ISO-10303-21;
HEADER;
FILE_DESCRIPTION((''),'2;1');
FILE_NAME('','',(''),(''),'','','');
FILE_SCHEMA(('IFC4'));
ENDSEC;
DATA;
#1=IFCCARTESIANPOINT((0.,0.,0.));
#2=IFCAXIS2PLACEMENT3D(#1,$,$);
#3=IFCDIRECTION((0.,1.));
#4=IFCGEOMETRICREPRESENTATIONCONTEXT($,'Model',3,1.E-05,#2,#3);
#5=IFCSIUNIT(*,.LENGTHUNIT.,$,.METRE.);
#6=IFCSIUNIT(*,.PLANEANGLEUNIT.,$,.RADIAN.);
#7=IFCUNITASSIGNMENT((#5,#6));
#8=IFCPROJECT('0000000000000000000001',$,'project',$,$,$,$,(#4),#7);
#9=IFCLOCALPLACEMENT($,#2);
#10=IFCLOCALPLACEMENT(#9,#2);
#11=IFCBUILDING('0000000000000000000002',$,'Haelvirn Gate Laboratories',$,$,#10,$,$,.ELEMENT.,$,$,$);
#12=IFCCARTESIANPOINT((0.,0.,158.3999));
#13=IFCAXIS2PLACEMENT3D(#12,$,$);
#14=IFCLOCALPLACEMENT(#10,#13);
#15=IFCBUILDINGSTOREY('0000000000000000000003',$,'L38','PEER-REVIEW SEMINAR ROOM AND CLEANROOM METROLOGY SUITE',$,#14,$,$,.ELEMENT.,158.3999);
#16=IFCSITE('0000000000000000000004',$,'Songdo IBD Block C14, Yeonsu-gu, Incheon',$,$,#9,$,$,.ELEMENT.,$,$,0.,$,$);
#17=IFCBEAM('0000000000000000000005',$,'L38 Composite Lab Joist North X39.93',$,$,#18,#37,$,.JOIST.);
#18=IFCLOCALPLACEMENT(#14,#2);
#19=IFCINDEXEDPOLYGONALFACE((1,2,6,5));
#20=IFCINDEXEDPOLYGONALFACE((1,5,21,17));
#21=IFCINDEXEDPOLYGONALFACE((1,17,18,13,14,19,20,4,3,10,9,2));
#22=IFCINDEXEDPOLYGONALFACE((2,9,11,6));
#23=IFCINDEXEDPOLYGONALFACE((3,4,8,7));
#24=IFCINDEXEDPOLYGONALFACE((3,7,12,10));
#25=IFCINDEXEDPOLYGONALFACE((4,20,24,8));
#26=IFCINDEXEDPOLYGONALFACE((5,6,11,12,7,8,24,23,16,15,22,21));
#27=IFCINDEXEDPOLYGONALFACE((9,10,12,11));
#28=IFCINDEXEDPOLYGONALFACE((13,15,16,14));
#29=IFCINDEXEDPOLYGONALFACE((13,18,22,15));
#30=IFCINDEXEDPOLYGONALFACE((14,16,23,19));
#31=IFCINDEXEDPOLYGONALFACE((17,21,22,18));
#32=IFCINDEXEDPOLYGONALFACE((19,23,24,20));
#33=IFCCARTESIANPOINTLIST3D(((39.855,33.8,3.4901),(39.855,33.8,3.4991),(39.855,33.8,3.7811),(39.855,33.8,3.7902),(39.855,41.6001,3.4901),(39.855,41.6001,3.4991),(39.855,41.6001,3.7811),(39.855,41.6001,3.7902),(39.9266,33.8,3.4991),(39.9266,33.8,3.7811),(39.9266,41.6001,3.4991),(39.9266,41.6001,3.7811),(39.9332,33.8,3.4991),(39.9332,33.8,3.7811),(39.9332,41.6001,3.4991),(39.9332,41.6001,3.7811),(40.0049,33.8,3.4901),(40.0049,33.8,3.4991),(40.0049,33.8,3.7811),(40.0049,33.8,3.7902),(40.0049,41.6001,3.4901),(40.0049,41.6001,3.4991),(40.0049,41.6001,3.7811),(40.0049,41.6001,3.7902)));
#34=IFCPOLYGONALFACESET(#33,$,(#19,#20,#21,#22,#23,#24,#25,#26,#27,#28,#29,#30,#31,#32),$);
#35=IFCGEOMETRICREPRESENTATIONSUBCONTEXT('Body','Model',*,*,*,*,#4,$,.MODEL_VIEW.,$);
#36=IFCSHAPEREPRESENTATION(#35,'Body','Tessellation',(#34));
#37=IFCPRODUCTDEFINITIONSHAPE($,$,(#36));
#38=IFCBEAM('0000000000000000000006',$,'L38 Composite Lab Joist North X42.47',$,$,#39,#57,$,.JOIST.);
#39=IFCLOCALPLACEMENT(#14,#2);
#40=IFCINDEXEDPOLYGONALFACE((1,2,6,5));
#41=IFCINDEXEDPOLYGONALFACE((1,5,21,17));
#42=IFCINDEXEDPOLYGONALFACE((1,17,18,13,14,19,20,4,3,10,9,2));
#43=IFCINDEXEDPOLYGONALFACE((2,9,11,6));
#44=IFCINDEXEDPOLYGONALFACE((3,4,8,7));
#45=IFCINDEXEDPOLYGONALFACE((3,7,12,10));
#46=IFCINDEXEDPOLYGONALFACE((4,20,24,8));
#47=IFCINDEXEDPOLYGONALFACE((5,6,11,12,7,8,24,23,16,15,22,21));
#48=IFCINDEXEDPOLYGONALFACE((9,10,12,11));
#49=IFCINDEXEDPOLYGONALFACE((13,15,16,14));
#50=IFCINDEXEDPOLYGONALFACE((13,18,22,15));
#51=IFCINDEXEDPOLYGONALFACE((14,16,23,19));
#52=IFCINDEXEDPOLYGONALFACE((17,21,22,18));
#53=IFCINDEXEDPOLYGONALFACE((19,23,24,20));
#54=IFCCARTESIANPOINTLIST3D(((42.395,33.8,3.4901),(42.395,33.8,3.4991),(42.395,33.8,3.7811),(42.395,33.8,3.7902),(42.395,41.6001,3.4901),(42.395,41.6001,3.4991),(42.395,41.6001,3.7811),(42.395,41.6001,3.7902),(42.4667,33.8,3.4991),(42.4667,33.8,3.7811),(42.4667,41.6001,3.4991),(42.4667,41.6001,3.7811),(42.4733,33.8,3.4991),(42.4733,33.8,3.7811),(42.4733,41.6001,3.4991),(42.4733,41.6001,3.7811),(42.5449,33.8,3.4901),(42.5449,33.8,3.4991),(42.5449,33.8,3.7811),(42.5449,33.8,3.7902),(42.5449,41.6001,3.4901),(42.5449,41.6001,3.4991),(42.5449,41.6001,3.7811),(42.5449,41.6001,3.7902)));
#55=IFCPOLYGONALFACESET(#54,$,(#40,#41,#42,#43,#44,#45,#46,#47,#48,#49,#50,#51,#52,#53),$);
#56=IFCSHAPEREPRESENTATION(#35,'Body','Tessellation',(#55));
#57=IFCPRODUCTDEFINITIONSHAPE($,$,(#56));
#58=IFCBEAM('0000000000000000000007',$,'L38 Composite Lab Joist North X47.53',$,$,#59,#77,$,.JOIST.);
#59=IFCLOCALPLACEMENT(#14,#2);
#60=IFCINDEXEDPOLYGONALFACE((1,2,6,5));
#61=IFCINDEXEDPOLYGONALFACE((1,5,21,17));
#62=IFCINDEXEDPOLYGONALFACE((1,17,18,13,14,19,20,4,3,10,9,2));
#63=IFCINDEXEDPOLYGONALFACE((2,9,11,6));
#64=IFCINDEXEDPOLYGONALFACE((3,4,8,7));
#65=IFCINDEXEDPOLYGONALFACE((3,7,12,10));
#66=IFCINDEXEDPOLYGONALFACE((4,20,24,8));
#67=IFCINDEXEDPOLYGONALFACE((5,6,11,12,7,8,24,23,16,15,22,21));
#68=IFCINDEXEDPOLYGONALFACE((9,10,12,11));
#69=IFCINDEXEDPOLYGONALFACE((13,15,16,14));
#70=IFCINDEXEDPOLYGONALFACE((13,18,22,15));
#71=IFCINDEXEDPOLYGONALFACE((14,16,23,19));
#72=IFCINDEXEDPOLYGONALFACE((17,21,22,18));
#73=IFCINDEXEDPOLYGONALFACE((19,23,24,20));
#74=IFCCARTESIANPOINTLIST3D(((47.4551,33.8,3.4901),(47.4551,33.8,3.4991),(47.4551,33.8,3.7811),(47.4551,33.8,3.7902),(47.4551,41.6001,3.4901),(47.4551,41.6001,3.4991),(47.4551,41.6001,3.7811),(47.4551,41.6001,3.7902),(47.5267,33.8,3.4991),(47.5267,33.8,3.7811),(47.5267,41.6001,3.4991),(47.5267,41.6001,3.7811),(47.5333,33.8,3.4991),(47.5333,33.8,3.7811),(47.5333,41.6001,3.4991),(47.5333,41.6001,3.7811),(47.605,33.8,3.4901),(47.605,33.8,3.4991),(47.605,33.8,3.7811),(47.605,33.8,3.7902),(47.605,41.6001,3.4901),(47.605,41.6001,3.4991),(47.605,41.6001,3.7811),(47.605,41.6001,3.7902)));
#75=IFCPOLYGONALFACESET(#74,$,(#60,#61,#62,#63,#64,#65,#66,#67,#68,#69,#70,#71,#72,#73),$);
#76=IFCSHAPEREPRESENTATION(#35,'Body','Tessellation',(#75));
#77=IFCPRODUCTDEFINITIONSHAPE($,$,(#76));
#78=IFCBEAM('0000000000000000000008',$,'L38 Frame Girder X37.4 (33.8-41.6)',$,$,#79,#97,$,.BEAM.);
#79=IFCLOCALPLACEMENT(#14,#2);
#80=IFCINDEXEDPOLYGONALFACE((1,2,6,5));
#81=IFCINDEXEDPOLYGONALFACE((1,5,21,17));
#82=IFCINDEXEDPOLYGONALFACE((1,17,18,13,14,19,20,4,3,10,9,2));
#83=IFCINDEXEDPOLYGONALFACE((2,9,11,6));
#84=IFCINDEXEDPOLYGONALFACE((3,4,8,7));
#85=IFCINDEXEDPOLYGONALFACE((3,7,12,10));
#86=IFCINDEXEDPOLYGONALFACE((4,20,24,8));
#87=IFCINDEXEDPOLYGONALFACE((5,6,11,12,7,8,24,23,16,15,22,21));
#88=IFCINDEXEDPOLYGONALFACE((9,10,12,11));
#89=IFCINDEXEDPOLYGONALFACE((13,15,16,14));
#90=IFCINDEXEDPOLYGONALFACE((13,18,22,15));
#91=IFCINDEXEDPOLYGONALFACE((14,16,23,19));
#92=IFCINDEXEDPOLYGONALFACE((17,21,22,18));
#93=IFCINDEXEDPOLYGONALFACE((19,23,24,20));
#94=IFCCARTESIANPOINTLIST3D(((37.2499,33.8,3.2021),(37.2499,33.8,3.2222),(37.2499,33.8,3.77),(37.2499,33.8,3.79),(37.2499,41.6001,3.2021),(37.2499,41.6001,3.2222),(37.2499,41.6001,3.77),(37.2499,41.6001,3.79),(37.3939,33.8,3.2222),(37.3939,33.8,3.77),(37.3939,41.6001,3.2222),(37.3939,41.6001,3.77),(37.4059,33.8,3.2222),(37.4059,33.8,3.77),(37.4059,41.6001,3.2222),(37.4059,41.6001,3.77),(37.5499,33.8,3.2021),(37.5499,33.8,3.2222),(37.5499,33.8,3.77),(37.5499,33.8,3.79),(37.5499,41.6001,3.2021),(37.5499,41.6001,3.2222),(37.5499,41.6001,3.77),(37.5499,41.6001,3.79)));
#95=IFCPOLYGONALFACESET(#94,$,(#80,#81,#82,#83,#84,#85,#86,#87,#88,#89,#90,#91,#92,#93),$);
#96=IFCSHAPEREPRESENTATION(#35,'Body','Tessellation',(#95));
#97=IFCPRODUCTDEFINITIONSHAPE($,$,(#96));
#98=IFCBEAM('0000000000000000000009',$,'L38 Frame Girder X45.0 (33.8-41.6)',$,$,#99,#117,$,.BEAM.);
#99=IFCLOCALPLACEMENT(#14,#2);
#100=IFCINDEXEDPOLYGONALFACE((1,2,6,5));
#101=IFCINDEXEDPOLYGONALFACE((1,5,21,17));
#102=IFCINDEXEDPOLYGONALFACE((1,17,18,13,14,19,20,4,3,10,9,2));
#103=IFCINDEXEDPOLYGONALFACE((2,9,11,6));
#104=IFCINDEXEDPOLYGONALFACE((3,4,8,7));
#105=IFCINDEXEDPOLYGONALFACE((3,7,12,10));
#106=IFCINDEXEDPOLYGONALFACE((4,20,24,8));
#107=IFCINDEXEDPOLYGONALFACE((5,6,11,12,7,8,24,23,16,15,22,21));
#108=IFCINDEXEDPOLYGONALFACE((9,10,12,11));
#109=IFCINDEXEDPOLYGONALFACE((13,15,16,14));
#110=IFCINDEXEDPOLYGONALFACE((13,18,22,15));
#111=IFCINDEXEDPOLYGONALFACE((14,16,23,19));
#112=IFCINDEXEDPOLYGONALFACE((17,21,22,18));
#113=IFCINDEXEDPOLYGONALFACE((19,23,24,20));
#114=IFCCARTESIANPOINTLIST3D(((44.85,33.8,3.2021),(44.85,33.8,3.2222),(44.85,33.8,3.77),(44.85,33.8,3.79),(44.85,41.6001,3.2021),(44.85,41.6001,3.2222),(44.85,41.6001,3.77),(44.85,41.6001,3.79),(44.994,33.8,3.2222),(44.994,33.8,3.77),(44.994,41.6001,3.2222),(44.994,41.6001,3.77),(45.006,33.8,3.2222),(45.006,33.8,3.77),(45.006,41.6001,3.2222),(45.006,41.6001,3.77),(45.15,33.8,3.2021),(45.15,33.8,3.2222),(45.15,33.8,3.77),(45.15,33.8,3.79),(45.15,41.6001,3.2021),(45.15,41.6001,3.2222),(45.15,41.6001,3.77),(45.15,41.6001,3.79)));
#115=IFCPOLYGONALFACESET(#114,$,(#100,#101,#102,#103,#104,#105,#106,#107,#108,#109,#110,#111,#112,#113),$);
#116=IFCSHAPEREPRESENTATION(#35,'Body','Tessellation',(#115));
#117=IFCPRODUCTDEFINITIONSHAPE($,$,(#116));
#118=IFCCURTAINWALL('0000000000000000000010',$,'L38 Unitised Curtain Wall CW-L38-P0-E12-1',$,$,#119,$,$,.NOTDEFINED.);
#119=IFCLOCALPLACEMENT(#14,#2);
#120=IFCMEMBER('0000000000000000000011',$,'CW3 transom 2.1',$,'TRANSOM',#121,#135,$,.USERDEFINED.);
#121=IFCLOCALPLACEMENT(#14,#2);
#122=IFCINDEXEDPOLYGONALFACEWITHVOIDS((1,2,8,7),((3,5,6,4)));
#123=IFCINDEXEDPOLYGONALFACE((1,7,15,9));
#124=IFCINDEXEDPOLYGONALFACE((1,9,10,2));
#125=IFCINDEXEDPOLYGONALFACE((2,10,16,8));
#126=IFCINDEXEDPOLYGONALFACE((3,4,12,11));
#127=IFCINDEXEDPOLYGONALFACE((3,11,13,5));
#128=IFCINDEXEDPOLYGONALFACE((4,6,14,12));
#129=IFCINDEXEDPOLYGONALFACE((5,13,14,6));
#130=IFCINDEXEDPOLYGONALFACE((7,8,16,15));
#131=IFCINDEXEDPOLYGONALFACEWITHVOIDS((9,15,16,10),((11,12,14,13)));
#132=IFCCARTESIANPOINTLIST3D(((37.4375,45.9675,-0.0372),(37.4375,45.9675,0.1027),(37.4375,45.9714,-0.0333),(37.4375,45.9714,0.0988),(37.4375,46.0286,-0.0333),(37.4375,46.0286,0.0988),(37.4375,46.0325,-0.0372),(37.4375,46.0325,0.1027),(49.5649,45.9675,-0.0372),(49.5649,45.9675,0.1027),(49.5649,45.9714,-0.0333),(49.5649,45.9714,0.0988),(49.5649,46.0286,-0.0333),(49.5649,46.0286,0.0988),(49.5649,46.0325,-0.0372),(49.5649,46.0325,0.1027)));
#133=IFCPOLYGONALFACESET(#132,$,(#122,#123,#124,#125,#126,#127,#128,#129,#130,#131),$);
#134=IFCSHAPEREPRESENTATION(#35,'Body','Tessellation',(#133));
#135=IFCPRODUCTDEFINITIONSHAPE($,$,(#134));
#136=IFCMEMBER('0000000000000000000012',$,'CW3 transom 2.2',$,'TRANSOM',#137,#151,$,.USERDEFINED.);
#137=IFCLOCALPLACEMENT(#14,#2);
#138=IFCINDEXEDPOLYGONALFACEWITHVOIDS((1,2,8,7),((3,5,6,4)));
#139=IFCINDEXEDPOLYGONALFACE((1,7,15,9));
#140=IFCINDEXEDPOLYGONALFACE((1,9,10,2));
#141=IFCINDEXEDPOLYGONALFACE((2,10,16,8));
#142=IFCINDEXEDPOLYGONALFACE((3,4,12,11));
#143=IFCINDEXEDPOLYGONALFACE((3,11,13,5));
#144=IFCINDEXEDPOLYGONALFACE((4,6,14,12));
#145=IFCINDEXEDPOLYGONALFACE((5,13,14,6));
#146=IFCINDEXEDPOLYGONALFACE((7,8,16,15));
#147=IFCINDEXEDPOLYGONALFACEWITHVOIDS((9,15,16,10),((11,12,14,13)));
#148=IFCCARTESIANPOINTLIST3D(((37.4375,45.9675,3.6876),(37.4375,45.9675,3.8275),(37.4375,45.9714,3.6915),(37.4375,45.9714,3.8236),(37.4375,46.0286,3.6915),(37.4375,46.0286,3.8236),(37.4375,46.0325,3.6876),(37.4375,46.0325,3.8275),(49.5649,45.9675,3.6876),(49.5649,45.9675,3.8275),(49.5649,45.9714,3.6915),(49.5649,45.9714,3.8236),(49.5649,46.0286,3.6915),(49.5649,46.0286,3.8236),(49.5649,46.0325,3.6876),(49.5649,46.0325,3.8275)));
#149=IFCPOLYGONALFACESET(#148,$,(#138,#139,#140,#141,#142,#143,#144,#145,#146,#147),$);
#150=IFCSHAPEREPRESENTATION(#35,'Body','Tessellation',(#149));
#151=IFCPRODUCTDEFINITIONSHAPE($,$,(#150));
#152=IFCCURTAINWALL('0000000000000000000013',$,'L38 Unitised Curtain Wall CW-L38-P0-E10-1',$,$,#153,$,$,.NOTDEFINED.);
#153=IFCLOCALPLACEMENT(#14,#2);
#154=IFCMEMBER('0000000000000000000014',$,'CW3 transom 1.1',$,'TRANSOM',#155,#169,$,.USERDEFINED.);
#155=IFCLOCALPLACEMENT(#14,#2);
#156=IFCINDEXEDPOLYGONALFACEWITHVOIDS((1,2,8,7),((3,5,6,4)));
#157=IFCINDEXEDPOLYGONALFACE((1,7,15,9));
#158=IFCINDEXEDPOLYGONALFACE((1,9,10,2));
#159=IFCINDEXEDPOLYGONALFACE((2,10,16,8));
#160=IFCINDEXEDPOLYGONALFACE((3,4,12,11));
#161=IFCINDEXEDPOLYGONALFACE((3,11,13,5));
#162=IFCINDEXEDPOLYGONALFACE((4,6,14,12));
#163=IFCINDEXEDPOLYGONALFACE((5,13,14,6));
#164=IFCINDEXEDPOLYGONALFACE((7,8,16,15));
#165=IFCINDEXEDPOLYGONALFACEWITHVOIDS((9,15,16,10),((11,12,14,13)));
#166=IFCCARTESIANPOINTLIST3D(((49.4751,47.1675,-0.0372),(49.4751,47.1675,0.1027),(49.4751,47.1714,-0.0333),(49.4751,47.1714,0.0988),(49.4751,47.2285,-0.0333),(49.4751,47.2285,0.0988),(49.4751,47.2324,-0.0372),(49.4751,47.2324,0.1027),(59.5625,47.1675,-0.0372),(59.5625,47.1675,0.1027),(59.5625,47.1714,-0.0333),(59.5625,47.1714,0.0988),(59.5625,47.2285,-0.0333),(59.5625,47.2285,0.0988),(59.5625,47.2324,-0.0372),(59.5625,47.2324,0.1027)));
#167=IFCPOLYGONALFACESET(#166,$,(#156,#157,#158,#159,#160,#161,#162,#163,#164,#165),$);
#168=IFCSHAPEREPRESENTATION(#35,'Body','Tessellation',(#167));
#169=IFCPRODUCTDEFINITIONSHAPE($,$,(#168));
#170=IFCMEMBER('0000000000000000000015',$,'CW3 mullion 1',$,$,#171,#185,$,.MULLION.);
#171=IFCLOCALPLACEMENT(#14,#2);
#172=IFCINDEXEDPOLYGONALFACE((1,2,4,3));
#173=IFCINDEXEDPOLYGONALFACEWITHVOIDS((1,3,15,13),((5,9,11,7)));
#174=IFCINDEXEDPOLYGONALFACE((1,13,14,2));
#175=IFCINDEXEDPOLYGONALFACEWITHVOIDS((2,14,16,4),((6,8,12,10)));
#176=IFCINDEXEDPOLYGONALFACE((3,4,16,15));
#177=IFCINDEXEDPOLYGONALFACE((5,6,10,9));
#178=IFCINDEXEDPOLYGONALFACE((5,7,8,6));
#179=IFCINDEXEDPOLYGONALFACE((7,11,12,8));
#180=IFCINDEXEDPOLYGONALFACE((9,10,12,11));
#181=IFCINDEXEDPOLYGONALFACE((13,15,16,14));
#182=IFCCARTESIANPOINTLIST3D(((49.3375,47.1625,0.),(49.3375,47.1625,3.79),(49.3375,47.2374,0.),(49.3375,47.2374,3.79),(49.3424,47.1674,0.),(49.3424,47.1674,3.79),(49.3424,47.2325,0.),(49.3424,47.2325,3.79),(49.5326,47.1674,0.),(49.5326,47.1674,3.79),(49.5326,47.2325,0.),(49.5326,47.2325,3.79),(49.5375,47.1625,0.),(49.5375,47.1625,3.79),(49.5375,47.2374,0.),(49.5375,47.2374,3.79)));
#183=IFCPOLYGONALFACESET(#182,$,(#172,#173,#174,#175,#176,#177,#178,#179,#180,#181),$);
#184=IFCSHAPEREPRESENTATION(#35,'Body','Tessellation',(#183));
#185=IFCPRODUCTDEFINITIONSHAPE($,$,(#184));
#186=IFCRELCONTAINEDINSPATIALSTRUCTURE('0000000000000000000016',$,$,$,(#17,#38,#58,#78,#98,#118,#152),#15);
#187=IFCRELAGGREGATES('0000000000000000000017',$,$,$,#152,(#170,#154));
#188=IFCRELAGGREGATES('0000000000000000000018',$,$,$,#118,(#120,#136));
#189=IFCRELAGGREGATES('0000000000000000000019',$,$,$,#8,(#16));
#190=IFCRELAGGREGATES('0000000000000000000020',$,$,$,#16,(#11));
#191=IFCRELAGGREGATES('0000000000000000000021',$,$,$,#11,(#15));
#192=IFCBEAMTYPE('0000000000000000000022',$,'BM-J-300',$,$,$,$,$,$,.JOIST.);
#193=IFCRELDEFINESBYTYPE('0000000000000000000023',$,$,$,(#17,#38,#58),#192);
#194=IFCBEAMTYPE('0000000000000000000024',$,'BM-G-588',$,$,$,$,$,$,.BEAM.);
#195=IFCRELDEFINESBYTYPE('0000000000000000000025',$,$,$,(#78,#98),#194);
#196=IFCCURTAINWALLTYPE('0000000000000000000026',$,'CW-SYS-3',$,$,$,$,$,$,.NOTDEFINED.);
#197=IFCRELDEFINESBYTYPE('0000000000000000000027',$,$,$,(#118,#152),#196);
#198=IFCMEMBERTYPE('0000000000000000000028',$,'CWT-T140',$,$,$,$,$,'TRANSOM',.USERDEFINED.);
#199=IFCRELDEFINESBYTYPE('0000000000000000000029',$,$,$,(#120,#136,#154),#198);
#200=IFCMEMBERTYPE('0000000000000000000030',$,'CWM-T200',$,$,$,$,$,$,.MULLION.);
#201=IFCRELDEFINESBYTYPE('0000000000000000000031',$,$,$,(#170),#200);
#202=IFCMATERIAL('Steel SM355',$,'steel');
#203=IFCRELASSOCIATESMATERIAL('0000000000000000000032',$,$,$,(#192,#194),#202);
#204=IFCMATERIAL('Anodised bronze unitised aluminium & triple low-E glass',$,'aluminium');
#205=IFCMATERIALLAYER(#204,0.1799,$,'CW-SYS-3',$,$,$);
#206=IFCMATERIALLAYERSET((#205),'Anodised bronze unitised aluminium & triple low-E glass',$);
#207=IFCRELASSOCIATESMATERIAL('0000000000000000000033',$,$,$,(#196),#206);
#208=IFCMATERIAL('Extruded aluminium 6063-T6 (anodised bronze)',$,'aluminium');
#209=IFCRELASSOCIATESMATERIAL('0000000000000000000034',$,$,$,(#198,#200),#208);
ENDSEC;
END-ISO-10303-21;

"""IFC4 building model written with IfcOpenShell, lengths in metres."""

from ifc_helpers import new_model, si_unit, direction, frame, origin, origin_2d, place, context, subcontext, project, spatial, hollow_rectangle, i_section, extrude, source, transform, mapped, material, layer, layer_set, material_profile, profile_set, type_object, type_shapes, element, aggregate, save


model = new_model("IFC4")

# Units and contexts
model_context = context("Model", 3, precision=1e-05, world=origin(), true_north=direction((0.0, 1.0)))
body_context = subcontext(model_context, "Body", "Model", "MODEL_VIEW")
ifc_project = project(units=[si_unit("LENGTHUNIT", "METRE"), si_unit("PLANEANGLEUNIT", "RADIAN")], contexts=[model_context])

# Site, building, storey
site_placement = place(None, origin())
site = spatial("IfcSite", under=ifc_project, at=site_placement, Name="Songdo IBD Block C14, Yeonsu-gu, Incheon", CompositionType="ELEMENT", RefElevation=0.0)
building_placement = place(site_placement, origin())
building = spatial("IfcBuilding", under=site, at=building_placement, Name="Haelvirn Gate Laboratories", CompositionType="ELEMENT")
storey_placement = place(building_placement, frame((0.0, 0.0, 158.3999)))
storey = spatial("IfcBuildingStorey", under=building, at=storey_placement, Name="L38", Description="PEER-REVIEW SEMINAR ROOM AND CLEANROOM METROLOGY SUITE", CompositionType="ELEMENT", Elevation=158.3999)

# Shared definitions
ifc_material_1 = material(Name="Steel SM355", Category="steel")

# Beams
ifc_material_profile_1 = material_profile(ifc_material_1, i_section(OverallWidth=0.1499, OverallDepth=0.3, WebThickness=0.0066, FlangeThickness=0.009, at=origin_2d()), Name="H-300x150x6.5x9")
ifc_profile_set_1 = profile_set([ifc_material_profile_1], Name="Steel SM355")
beam_type_1 = type_object("IfcBeamType", Name="BM-J-300", PredefinedType="JOIST", material=ifc_profile_set_1)
shared_shape_1 = source(origin(), body_context, "Body", "SweptSolid", [
    extrude(i_section(OverallWidth=0.1499, OverallDepth=0.3, WebThickness=0.0066, FlangeThickness=0.009, at=origin_2d()), origin(), (0.0, 0.0, 1.0), 7.8),
])
type_shapes(beam_type_1, [shared_shape_1])
for number, where, z_axis, x_axis, name in (
    (1, (39.9299, 33.8, 3.6401), (0.0, 1.0, 0.0), (-1.0, 0.0, 0.0), "L38 Composite Lab Joist North X39.93"),
    (2, (42.47, 33.8, 3.6401), (0.0, 1.0, 0.0), (-1.0, 0.0, 0.0), "L38 Composite Lab Joist North X42.47"),
    (3, (47.53, 33.8, 3.6401), (0.0, 1.0, 0.0), (-1.0, 0.0, 0.0), "L38 Composite Lab Joist North X47.53"),
):
    element("IfcBeam", number, at=place(storey_placement, frame(where, z_axis=z_axis, x_axis=x_axis)), inside=storey, type_object=beam_type_1, Name=name, PredefinedType="JOIST", context=body_context, shape_type="MappedRepresentation", body=[
        mapped(shared_shape_1, transform((0.0, 0.0, 0.0), scale=1.0)),
    ])
ifc_material_profile_2 = material_profile(ifc_material_1, i_section(OverallWidth=0.3, OverallDepth=0.5879, WebThickness=0.012, FlangeThickness=0.02, at=origin_2d()), Name="H-588x300x12x20")
ifc_profile_set_2 = profile_set([ifc_material_profile_2], Name="Steel SM355")
beam_type_2 = type_object("IfcBeamType", Name="BM-G-588", PredefinedType="BEAM", material=ifc_profile_set_2)
shared_shape_2 = source(origin(), body_context, "Body", "SweptSolid", [
    extrude(i_section(OverallWidth=0.3, OverallDepth=0.5879, WebThickness=0.012, FlangeThickness=0.02, at=origin_2d()), origin(), (0.0, 0.0, 1.0), 7.8),
])
type_shapes(beam_type_2, [shared_shape_2])
for number, where, z_axis, x_axis, name in (
    (4, (37.3999, 33.8, 3.4961), (0.0, 1.0, 0.0), (-1.0, 0.0, 0.0), "L38 Frame Girder X37.4 (33.8-41.6)"),
    (5, (45.0, 33.8, 3.4961), (0.0, 1.0, 0.0), (-1.0, 0.0, 0.0), "L38 Frame Girder X45.0 (33.8-41.6)"),
):
    element("IfcBeam", number, at=place(storey_placement, frame(where, z_axis=z_axis, x_axis=x_axis)), inside=storey, type_object=beam_type_2, Name=name, PredefinedType="BEAM", context=body_context, shape_type="MappedRepresentation", body=[
        mapped(shared_shape_2, transform((0.0, 0.0, 0.0), scale=1.0)),
    ])

# Curtain walls, members
ifc_material_2 = material(Name="Anodised bronze unitised aluminium & triple low-E glass", Category="aluminium")
ifc_layer_1 = layer(ifc_material_2, 0.1799, Name="CW-SYS-3")
ifc_layer_set_1 = layer_set([ifc_layer_1], Name="Anodised bronze unitised aluminium & triple low-E glass")
curtain_wall_type = type_object("IfcCurtainWallType", Name="CW-SYS-3", PredefinedType="NOTDEFINED", material=ifc_layer_set_1)
curtain_wall_1_placement = place(storey_placement, origin())
curtain_wall_1 = element("IfcCurtainWall", 6, at=curtain_wall_1_placement, inside=storey, type_object=curtain_wall_type, Name="L38 Unitised Curtain Wall CW-L38-P0-E12-1", PredefinedType="NOTDEFINED")
ifc_material_3 = material(Name="Extruded aluminium 6063-T6 (anodised bronze)", Category="aluminium")
ifc_material_profile_3 = material_profile(ifc_material_3, hollow_rectangle(XDim=0.0649, YDim=0.1399, WallThickness=0.0039, at=origin_2d()), Name="CWT-140x65x4")
ifc_profile_set_3 = profile_set([ifc_material_profile_3], Name="Extruded aluminium 6063-T6 (anodised bronze)")
member_type_1 = type_object("IfcMemberType", Name="CWT-T140", ElementType="TRANSOM", PredefinedType="USERDEFINED", material=ifc_profile_set_3)
shared_shape_3 = source(origin(), body_context, "Body", "SweptSolid", [
    extrude(hollow_rectangle(XDim=0.0649, YDim=0.1399, WallThickness=0.0039, at=origin_2d()), origin(), (0.0, 0.0, 1.0), 12.1274),
])
member_1_placement = place(storey_placement, frame((37.4375, 46.0, 0.0327), z_axis=(1.0, 0.0, 0.0), x_axis=(0.0, 1.0, 0.0)))
member_1 = element("IfcMember", 7, at=member_1_placement, type_object=member_type_1, Name="CW3 transom 2.1", ObjectType="TRANSOM", PredefinedType="USERDEFINED", context=body_context, shape_type="MappedRepresentation", body=[
    mapped(shared_shape_3, transform((0.0, 0.0, 0.0), scale=1.0)),
])
member_2_placement = place(storey_placement, frame((37.4375, 46.0, 3.7576), z_axis=(1.0, 0.0, 0.0), x_axis=(0.0, 1.0, 0.0)))
member_2 = element("IfcMember", 8, at=member_2_placement, type_object=member_type_1, Name="CW3 transom 2.2", ObjectType="TRANSOM", PredefinedType="USERDEFINED", context=body_context, shape_type="MappedRepresentation", body=[
    mapped(shared_shape_3, transform((0.0, 0.0, 0.0), scale=1.0)),
])
curtain_wall_2_placement = place(storey_placement, origin())
curtain_wall_2 = element("IfcCurtainWall", 9, at=curtain_wall_2_placement, inside=storey, type_object=curtain_wall_type, Name="L38 Unitised Curtain Wall CW-L38-P0-E10-1", PredefinedType="NOTDEFINED")
shared_shape_4 = source(origin(), body_context, "Body", "SweptSolid", [
    extrude(hollow_rectangle(XDim=0.0649, YDim=0.1399, WallThickness=0.0039, at=origin_2d()), origin(), (0.0, 0.0, 1.0), 10.0874),
])
type_shapes(member_type_1, [shared_shape_3, shared_shape_4])
member_3_placement = place(storey_placement, frame((49.4751, 47.2, 0.0327), z_axis=(1.0, 0.0, 0.0), x_axis=(0.0, 1.0, 0.0)))
member_3 = element("IfcMember", 10, at=member_3_placement, type_object=member_type_1, Name="CW3 transom 1.1", ObjectType="TRANSOM", PredefinedType="USERDEFINED", context=body_context, shape_type="MappedRepresentation", body=[
    mapped(shared_shape_4, transform((0.0, 0.0, 0.0), scale=1.0)),
])
ifc_material_profile_4 = material_profile(ifc_material_3, hollow_rectangle(XDim=0.075, YDim=0.2, WallThickness=0.0049, at=origin_2d()), Name="CWM-200x75x5")
ifc_profile_set_4 = profile_set([ifc_material_profile_4], Name="Extruded aluminium 6063-T6 (anodised bronze)")
member_type_2 = type_object("IfcMemberType", Name="CWM-T200", PredefinedType="MULLION", material=ifc_profile_set_4)
shared_shape_5 = source(origin(), body_context, "Body", "SweptSolid", [
    extrude(hollow_rectangle(XDim=0.075, YDim=0.2, WallThickness=0.0049, at=origin_2d()), origin(), (0.0, 0.0, 1.0), 3.79),
])
type_shapes(member_type_2, [shared_shape_5])
member_4_placement = place(storey_placement, frame((49.4375, 47.2, 0.0), z_axis=(0.0, 0.0, 1.0), x_axis=(0.0, 1.0, 0.0)))
member_4 = element("IfcMember", 11, at=member_4_placement, type_object=member_type_2, Name="CW3 mullion 1", PredefinedType="MULLION", context=body_context, shape_type="MappedRepresentation", body=[
    mapped(shared_shape_5, transform((0.0, 0.0, 0.0), scale=1.0)),
])
aggregate(curtain_wall_2, [member_4, member_3])

aggregate(curtain_wall_1, [member_1, member_2])

save(model, "model.ifc")
